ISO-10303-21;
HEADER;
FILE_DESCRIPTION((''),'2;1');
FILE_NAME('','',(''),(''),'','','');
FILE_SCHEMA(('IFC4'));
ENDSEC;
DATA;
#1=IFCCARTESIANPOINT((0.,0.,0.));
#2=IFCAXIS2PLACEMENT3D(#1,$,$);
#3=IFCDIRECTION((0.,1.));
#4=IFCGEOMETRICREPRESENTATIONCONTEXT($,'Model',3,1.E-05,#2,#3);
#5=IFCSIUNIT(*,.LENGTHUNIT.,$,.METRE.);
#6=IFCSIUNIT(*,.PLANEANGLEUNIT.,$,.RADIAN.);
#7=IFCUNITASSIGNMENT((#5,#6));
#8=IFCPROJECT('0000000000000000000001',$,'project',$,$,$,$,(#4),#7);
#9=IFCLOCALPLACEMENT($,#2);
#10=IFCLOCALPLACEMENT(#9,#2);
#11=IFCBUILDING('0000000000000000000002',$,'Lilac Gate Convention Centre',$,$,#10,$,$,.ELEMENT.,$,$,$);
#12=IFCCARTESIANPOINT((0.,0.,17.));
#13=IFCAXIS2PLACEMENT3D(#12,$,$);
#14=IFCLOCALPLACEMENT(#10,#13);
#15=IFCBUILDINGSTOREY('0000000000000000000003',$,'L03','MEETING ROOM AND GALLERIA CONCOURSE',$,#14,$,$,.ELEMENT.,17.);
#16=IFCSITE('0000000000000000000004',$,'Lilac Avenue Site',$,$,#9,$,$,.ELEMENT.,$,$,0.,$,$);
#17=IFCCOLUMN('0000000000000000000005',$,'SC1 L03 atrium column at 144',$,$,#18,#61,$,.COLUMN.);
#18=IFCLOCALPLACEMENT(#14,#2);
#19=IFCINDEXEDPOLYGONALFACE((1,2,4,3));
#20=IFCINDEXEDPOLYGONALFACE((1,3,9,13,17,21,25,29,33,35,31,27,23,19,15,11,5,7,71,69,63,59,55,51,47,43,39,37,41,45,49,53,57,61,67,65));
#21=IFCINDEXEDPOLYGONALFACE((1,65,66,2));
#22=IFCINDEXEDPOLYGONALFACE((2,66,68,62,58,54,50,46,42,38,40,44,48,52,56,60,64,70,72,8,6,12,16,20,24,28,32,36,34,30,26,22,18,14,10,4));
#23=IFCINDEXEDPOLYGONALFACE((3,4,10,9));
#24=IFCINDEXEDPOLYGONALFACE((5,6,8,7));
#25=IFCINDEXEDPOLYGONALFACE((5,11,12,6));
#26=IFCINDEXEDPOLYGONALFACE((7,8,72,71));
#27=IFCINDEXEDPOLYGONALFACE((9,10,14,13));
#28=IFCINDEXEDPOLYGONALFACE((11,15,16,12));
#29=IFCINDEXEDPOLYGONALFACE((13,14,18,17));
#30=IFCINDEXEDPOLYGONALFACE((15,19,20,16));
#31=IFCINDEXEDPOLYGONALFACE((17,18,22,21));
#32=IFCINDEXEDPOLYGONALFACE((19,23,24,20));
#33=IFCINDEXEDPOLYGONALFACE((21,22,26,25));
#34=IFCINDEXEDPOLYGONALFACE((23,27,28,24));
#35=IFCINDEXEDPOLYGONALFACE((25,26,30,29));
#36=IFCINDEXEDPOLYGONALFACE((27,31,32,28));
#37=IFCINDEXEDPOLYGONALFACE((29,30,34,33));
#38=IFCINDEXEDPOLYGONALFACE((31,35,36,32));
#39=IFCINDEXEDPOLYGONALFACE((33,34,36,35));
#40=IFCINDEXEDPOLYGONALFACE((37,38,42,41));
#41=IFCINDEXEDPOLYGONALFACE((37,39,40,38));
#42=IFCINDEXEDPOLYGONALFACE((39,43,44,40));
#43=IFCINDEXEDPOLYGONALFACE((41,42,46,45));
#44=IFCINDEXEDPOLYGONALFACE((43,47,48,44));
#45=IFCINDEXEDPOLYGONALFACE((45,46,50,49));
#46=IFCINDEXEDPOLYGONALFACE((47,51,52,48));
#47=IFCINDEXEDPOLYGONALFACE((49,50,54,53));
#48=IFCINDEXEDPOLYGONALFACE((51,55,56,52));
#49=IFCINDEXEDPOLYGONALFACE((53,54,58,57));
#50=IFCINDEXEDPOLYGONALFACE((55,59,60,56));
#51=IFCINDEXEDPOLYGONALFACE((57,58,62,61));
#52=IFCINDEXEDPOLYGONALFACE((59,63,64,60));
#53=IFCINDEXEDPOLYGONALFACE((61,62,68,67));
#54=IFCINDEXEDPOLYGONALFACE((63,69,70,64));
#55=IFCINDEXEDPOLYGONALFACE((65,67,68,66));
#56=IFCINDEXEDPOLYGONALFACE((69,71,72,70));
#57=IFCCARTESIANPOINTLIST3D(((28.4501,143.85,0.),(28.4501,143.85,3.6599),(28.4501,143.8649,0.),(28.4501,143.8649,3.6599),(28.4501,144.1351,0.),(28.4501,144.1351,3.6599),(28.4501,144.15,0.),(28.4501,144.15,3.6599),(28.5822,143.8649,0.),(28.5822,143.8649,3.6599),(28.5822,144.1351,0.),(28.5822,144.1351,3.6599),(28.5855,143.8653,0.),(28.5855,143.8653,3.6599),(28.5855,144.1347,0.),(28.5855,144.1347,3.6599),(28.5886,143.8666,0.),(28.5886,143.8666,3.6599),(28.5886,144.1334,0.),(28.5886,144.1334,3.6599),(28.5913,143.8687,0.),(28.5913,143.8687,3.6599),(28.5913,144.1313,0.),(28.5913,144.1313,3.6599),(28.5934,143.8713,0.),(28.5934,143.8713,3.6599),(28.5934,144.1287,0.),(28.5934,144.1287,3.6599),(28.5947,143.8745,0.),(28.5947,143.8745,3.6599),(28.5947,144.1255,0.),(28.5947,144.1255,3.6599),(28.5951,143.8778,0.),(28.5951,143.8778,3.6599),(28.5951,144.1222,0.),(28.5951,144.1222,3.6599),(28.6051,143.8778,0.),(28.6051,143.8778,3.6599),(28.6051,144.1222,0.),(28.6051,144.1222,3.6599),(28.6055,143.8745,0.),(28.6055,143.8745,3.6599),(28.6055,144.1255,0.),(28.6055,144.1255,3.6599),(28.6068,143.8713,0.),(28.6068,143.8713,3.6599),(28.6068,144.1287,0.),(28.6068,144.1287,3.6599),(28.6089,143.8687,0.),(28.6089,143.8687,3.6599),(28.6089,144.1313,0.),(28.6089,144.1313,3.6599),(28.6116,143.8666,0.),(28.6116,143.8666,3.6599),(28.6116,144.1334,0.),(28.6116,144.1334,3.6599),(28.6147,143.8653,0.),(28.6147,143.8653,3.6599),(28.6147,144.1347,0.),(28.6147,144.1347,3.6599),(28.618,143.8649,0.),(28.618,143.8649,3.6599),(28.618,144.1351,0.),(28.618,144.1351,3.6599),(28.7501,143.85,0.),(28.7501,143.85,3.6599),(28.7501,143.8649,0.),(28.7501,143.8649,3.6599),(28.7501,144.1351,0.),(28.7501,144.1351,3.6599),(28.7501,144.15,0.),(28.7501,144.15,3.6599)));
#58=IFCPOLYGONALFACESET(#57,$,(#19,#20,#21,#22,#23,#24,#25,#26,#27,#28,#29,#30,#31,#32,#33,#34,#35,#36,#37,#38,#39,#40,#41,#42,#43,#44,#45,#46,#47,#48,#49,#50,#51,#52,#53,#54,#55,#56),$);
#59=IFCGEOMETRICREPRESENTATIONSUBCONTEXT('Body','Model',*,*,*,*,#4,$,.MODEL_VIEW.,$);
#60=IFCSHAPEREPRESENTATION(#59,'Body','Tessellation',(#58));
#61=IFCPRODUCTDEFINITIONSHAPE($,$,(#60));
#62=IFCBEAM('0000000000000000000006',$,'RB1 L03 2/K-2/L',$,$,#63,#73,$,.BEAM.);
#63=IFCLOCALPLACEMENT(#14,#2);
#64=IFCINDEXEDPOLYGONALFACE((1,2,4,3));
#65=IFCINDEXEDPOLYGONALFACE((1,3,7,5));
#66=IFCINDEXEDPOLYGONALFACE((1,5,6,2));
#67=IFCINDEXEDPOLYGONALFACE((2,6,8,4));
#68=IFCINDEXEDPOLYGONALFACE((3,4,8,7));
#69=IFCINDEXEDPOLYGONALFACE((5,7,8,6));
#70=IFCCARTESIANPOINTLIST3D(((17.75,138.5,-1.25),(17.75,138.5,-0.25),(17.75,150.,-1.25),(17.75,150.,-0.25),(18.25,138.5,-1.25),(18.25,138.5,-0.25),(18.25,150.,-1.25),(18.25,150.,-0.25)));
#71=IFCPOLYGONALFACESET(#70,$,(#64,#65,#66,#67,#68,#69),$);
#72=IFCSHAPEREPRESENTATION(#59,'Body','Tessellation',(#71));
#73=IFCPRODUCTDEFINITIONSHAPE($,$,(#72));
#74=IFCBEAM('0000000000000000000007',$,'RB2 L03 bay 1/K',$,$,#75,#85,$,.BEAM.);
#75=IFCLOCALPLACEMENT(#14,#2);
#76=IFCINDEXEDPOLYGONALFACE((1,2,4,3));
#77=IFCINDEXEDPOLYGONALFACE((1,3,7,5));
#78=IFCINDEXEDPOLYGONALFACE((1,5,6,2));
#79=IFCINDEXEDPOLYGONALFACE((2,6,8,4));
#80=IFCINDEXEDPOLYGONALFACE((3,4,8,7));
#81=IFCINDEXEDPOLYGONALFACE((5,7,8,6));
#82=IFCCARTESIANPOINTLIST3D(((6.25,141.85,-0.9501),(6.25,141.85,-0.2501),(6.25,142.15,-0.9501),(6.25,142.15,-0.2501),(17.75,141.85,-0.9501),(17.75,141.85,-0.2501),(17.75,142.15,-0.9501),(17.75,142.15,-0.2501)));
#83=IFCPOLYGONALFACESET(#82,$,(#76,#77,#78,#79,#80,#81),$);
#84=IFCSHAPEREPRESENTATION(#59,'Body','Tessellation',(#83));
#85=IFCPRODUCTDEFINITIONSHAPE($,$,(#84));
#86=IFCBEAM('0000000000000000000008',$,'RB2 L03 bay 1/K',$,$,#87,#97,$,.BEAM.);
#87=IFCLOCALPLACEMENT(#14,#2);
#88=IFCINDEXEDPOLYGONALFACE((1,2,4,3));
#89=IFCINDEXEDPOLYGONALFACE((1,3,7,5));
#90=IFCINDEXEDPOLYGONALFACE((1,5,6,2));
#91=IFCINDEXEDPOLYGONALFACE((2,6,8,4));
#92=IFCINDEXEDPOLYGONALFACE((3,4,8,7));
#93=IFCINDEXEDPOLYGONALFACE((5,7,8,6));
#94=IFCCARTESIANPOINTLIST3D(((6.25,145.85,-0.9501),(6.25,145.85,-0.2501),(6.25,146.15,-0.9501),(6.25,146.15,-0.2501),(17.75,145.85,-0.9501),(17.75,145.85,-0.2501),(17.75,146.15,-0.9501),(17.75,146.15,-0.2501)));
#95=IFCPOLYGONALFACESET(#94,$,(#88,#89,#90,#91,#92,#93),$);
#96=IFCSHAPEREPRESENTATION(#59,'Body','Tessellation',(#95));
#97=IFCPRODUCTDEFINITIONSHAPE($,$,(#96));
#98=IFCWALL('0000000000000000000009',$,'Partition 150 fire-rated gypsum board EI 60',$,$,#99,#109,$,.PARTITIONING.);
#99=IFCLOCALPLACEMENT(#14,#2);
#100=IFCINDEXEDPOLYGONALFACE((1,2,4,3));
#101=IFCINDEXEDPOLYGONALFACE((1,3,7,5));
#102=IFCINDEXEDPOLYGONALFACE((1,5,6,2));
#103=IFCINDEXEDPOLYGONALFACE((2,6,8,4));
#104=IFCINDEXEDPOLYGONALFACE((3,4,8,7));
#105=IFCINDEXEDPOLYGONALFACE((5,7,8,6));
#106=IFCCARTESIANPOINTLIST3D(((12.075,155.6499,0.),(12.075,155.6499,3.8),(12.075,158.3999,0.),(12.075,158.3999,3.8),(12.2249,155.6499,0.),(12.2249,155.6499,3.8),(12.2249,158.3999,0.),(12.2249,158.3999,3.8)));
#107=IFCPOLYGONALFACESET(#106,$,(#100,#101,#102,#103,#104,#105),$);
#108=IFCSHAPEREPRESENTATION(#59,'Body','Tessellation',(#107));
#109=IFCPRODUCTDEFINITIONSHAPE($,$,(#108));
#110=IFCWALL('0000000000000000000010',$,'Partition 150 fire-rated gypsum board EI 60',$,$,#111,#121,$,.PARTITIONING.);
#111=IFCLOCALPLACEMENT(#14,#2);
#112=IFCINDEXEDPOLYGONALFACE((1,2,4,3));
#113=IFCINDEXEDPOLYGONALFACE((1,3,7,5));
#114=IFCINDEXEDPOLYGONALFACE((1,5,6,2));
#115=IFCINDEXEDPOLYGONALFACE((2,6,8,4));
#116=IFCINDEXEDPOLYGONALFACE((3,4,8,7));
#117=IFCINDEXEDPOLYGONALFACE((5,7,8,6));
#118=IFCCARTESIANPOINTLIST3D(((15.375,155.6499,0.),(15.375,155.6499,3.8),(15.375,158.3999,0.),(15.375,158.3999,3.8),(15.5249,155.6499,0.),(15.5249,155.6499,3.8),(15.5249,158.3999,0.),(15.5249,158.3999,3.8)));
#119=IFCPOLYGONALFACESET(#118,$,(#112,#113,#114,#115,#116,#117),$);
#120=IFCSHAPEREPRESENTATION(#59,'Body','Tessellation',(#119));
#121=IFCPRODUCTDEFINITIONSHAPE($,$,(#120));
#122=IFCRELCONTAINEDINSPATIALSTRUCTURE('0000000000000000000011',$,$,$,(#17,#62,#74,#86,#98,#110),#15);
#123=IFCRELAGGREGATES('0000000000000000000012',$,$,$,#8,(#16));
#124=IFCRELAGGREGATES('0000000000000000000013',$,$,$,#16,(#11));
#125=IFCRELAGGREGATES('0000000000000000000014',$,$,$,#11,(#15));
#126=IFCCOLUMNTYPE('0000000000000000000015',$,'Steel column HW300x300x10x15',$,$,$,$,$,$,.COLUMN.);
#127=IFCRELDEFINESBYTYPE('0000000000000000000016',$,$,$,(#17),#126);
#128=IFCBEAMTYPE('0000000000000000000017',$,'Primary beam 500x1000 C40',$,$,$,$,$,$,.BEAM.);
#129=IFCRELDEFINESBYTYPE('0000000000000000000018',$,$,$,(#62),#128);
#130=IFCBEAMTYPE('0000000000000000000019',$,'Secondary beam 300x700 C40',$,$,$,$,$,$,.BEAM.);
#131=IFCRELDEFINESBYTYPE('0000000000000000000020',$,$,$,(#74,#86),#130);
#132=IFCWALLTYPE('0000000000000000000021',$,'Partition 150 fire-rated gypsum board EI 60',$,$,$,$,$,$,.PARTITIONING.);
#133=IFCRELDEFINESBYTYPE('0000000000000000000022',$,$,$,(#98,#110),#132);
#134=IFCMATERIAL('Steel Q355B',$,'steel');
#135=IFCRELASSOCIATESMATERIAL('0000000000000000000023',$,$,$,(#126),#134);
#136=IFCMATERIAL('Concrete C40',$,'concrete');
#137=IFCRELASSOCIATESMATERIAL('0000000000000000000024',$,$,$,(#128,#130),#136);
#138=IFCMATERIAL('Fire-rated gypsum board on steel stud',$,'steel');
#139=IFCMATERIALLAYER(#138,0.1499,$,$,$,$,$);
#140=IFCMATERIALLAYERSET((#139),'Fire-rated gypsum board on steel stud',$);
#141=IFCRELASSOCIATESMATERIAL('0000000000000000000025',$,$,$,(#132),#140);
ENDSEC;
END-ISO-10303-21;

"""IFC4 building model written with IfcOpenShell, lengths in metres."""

from ifc_helpers import new_model, si_unit, direction, frame, frame_2d, origin, origin_2d, place, context, subcontext, project, spatial, rectangle, i_section, extrude, material, layer, layer_set, material_profile, profile_set, type_object, element, save


model = new_model("IFC4")

# Units and contexts
model_context = context("Model", 3, precision=1e-05, world=origin(), true_north=direction((0.0, 1.0)))
body_context = subcontext(model_context, "Body", "Model", "MODEL_VIEW")
ifc_project = project(units=[si_unit("LENGTHUNIT", "METRE"), si_unit("PLANEANGLEUNIT", "RADIAN")], contexts=[model_context])

# Site, building, storey
site_placement = place(None, origin())
site = spatial("IfcSite", under=ifc_project, at=site_placement, Name="Lilac Avenue Site", CompositionType="ELEMENT", RefElevation=0.0)
building_placement = place(site_placement, origin())
building = spatial("IfcBuilding", under=site, at=building_placement, Name="Lilac Gate Convention Centre", CompositionType="ELEMENT")
storey_placement = place(building_placement, frame((0.0, 0.0, 17.0)))
storey = spatial("IfcBuildingStorey", under=building, at=storey_placement, Name="L03", Description="MEETING ROOM AND GALLERIA CONCOURSE", CompositionType="ELEMENT", Elevation=17.0)

# Column
ifc_material_1 = material(Name="Steel Q355B", Category="steel")
ifc_material_profile_1 = material_profile(ifc_material_1, i_section(OverallWidth=0.3, OverallDepth=0.3, WebThickness=0.01, FlangeThickness=0.0149, FilletRadius=0.0129, at=origin_2d()), Name="HW300x300x10x15")
ifc_profile_set_1 = profile_set([ifc_material_profile_1], Name="Steel Q355B")
column_type = type_object("IfcColumnType", Name="Steel column HW300x300x10x15", PredefinedType="COLUMN", material=ifc_profile_set_1)
column_placement = place(storey_placement, frame((28.6001, 144.0, 0.0), z_axis=(0.0, 0.0, 1.0), x_axis=(1.0, 0.0, 0.0)))
element("IfcColumn", 1, at=column_placement, inside=storey, type_object=column_type, Name="SC1 L03 atrium column at 144", PredefinedType="COLUMN", context=body_context, shape_type="SweptSolid", body=[
    extrude(i_section(OverallWidth=0.3, OverallDepth=0.3, WebThickness=0.01, FlangeThickness=0.0149, FilletRadius=0.0129, at=origin_2d()), origin(), (0.0, 0.0, 1.0), 3.6599),
])

# Beams
ifc_material_2 = material(Name="Concrete C40", Category="concrete")
ifc_material_profile_2 = material_profile(ifc_material_2, rectangle(XDim=0.5, YDim=1.0, at=origin_2d()), Name="RC 500x1000")
ifc_profile_set_2 = profile_set([ifc_material_profile_2], Name="Concrete C40")
beam_type_1 = type_object("IfcBeamType", Name="Primary beam 500x1000 C40", PredefinedType="BEAM", material=ifc_profile_set_2)
beam_placement = place(storey_placement, frame((18.0, 138.5, -0.75), z_axis=(0.0, 1.0, 0.0), x_axis=(-1.0, 0.0, 0.0)))
element("IfcBeam", 2, at=beam_placement, inside=storey, type_object=beam_type_1, Name="RB1 L03 2/K-2/L", PredefinedType="BEAM", context=body_context, shape_type="SweptSolid", body=[
    extrude(rectangle(XDim=0.5, YDim=1.0, at=origin_2d()), origin(), (0.0, 0.0, 1.0), 11.5),
])
ifc_material_profile_3 = material_profile(ifc_material_2, rectangle(XDim=0.3, YDim=0.7, at=origin_2d()), Name="RC 300x700")
ifc_profile_set_3 = profile_set([ifc_material_profile_3], Name="Concrete C40")
beam_type_2 = type_object("IfcBeamType", Name="Secondary beam 300x700 C40", PredefinedType="BEAM", material=ifc_profile_set_3)
for number, where, z_axis, x_axis, name in (
    (3, (6.25, 142.0, -0.6001), (1.0, 0.0, 0.0), (0.0, 1.0, 0.0), "RB2 L03 bay 1/K"),
    (4, (6.25, 146.0, -0.6001), (1.0, 0.0, 0.0), (0.0, 1.0, 0.0), "RB2 L03 bay 1/K"),
):
    element("IfcBeam", number, at=place(storey_placement, frame(where, z_axis=z_axis, x_axis=x_axis)), inside=storey, type_object=beam_type_2, Name=name, PredefinedType="BEAM", context=body_context, shape_type="SweptSolid", body=[
        extrude(rectangle(XDim=0.3, YDim=0.7, at=origin_2d()), origin(), (0.0, 0.0, 1.0), 11.5),
    ])

# Walls
ifc_material_3 = material(Name="Fire-rated gypsum board on steel stud", Category="steel")
ifc_layer_1 = layer(ifc_material_3, 0.1499)
ifc_layer_set_1 = layer_set([ifc_layer_1], Name="Fire-rated gypsum board on steel stud")
wall_type_1 = type_object("IfcWallType", Name="Partition 150 fire-rated gypsum board EI 60", PredefinedType="PARTITIONING", material=ifc_layer_set_1)
for number, where, z_axis, x_axis, name in (
    (5, (12.1499, 155.6499, 0.0), (0.0, 0.0, 1.0), (0.0, 1.0, 0.0), "Partition 150 fire-rated gypsum board EI 60"),
    (6, (15.45, 155.6499, 0.0), (0.0, 0.0, 1.0), (0.0, 1.0, 0.0), "Partition 150 fire-rated gypsum board EI 60"),
):
    element("IfcWall", number, at=place(storey_placement, frame(where, z_axis=z_axis, x_axis=x_axis)), inside=storey, type_object=wall_type_1, Name=name, PredefinedType="PARTITIONING", context=body_context, shape_type="SweptSolid", body=[
        extrude(rectangle(XDim=2.75, YDim=0.1499, at=frame_2d((1.375, 0.0))), origin(), (0.0, 0.0, 1.0), 3.8),
    ])

save(model, "model.ifc")
